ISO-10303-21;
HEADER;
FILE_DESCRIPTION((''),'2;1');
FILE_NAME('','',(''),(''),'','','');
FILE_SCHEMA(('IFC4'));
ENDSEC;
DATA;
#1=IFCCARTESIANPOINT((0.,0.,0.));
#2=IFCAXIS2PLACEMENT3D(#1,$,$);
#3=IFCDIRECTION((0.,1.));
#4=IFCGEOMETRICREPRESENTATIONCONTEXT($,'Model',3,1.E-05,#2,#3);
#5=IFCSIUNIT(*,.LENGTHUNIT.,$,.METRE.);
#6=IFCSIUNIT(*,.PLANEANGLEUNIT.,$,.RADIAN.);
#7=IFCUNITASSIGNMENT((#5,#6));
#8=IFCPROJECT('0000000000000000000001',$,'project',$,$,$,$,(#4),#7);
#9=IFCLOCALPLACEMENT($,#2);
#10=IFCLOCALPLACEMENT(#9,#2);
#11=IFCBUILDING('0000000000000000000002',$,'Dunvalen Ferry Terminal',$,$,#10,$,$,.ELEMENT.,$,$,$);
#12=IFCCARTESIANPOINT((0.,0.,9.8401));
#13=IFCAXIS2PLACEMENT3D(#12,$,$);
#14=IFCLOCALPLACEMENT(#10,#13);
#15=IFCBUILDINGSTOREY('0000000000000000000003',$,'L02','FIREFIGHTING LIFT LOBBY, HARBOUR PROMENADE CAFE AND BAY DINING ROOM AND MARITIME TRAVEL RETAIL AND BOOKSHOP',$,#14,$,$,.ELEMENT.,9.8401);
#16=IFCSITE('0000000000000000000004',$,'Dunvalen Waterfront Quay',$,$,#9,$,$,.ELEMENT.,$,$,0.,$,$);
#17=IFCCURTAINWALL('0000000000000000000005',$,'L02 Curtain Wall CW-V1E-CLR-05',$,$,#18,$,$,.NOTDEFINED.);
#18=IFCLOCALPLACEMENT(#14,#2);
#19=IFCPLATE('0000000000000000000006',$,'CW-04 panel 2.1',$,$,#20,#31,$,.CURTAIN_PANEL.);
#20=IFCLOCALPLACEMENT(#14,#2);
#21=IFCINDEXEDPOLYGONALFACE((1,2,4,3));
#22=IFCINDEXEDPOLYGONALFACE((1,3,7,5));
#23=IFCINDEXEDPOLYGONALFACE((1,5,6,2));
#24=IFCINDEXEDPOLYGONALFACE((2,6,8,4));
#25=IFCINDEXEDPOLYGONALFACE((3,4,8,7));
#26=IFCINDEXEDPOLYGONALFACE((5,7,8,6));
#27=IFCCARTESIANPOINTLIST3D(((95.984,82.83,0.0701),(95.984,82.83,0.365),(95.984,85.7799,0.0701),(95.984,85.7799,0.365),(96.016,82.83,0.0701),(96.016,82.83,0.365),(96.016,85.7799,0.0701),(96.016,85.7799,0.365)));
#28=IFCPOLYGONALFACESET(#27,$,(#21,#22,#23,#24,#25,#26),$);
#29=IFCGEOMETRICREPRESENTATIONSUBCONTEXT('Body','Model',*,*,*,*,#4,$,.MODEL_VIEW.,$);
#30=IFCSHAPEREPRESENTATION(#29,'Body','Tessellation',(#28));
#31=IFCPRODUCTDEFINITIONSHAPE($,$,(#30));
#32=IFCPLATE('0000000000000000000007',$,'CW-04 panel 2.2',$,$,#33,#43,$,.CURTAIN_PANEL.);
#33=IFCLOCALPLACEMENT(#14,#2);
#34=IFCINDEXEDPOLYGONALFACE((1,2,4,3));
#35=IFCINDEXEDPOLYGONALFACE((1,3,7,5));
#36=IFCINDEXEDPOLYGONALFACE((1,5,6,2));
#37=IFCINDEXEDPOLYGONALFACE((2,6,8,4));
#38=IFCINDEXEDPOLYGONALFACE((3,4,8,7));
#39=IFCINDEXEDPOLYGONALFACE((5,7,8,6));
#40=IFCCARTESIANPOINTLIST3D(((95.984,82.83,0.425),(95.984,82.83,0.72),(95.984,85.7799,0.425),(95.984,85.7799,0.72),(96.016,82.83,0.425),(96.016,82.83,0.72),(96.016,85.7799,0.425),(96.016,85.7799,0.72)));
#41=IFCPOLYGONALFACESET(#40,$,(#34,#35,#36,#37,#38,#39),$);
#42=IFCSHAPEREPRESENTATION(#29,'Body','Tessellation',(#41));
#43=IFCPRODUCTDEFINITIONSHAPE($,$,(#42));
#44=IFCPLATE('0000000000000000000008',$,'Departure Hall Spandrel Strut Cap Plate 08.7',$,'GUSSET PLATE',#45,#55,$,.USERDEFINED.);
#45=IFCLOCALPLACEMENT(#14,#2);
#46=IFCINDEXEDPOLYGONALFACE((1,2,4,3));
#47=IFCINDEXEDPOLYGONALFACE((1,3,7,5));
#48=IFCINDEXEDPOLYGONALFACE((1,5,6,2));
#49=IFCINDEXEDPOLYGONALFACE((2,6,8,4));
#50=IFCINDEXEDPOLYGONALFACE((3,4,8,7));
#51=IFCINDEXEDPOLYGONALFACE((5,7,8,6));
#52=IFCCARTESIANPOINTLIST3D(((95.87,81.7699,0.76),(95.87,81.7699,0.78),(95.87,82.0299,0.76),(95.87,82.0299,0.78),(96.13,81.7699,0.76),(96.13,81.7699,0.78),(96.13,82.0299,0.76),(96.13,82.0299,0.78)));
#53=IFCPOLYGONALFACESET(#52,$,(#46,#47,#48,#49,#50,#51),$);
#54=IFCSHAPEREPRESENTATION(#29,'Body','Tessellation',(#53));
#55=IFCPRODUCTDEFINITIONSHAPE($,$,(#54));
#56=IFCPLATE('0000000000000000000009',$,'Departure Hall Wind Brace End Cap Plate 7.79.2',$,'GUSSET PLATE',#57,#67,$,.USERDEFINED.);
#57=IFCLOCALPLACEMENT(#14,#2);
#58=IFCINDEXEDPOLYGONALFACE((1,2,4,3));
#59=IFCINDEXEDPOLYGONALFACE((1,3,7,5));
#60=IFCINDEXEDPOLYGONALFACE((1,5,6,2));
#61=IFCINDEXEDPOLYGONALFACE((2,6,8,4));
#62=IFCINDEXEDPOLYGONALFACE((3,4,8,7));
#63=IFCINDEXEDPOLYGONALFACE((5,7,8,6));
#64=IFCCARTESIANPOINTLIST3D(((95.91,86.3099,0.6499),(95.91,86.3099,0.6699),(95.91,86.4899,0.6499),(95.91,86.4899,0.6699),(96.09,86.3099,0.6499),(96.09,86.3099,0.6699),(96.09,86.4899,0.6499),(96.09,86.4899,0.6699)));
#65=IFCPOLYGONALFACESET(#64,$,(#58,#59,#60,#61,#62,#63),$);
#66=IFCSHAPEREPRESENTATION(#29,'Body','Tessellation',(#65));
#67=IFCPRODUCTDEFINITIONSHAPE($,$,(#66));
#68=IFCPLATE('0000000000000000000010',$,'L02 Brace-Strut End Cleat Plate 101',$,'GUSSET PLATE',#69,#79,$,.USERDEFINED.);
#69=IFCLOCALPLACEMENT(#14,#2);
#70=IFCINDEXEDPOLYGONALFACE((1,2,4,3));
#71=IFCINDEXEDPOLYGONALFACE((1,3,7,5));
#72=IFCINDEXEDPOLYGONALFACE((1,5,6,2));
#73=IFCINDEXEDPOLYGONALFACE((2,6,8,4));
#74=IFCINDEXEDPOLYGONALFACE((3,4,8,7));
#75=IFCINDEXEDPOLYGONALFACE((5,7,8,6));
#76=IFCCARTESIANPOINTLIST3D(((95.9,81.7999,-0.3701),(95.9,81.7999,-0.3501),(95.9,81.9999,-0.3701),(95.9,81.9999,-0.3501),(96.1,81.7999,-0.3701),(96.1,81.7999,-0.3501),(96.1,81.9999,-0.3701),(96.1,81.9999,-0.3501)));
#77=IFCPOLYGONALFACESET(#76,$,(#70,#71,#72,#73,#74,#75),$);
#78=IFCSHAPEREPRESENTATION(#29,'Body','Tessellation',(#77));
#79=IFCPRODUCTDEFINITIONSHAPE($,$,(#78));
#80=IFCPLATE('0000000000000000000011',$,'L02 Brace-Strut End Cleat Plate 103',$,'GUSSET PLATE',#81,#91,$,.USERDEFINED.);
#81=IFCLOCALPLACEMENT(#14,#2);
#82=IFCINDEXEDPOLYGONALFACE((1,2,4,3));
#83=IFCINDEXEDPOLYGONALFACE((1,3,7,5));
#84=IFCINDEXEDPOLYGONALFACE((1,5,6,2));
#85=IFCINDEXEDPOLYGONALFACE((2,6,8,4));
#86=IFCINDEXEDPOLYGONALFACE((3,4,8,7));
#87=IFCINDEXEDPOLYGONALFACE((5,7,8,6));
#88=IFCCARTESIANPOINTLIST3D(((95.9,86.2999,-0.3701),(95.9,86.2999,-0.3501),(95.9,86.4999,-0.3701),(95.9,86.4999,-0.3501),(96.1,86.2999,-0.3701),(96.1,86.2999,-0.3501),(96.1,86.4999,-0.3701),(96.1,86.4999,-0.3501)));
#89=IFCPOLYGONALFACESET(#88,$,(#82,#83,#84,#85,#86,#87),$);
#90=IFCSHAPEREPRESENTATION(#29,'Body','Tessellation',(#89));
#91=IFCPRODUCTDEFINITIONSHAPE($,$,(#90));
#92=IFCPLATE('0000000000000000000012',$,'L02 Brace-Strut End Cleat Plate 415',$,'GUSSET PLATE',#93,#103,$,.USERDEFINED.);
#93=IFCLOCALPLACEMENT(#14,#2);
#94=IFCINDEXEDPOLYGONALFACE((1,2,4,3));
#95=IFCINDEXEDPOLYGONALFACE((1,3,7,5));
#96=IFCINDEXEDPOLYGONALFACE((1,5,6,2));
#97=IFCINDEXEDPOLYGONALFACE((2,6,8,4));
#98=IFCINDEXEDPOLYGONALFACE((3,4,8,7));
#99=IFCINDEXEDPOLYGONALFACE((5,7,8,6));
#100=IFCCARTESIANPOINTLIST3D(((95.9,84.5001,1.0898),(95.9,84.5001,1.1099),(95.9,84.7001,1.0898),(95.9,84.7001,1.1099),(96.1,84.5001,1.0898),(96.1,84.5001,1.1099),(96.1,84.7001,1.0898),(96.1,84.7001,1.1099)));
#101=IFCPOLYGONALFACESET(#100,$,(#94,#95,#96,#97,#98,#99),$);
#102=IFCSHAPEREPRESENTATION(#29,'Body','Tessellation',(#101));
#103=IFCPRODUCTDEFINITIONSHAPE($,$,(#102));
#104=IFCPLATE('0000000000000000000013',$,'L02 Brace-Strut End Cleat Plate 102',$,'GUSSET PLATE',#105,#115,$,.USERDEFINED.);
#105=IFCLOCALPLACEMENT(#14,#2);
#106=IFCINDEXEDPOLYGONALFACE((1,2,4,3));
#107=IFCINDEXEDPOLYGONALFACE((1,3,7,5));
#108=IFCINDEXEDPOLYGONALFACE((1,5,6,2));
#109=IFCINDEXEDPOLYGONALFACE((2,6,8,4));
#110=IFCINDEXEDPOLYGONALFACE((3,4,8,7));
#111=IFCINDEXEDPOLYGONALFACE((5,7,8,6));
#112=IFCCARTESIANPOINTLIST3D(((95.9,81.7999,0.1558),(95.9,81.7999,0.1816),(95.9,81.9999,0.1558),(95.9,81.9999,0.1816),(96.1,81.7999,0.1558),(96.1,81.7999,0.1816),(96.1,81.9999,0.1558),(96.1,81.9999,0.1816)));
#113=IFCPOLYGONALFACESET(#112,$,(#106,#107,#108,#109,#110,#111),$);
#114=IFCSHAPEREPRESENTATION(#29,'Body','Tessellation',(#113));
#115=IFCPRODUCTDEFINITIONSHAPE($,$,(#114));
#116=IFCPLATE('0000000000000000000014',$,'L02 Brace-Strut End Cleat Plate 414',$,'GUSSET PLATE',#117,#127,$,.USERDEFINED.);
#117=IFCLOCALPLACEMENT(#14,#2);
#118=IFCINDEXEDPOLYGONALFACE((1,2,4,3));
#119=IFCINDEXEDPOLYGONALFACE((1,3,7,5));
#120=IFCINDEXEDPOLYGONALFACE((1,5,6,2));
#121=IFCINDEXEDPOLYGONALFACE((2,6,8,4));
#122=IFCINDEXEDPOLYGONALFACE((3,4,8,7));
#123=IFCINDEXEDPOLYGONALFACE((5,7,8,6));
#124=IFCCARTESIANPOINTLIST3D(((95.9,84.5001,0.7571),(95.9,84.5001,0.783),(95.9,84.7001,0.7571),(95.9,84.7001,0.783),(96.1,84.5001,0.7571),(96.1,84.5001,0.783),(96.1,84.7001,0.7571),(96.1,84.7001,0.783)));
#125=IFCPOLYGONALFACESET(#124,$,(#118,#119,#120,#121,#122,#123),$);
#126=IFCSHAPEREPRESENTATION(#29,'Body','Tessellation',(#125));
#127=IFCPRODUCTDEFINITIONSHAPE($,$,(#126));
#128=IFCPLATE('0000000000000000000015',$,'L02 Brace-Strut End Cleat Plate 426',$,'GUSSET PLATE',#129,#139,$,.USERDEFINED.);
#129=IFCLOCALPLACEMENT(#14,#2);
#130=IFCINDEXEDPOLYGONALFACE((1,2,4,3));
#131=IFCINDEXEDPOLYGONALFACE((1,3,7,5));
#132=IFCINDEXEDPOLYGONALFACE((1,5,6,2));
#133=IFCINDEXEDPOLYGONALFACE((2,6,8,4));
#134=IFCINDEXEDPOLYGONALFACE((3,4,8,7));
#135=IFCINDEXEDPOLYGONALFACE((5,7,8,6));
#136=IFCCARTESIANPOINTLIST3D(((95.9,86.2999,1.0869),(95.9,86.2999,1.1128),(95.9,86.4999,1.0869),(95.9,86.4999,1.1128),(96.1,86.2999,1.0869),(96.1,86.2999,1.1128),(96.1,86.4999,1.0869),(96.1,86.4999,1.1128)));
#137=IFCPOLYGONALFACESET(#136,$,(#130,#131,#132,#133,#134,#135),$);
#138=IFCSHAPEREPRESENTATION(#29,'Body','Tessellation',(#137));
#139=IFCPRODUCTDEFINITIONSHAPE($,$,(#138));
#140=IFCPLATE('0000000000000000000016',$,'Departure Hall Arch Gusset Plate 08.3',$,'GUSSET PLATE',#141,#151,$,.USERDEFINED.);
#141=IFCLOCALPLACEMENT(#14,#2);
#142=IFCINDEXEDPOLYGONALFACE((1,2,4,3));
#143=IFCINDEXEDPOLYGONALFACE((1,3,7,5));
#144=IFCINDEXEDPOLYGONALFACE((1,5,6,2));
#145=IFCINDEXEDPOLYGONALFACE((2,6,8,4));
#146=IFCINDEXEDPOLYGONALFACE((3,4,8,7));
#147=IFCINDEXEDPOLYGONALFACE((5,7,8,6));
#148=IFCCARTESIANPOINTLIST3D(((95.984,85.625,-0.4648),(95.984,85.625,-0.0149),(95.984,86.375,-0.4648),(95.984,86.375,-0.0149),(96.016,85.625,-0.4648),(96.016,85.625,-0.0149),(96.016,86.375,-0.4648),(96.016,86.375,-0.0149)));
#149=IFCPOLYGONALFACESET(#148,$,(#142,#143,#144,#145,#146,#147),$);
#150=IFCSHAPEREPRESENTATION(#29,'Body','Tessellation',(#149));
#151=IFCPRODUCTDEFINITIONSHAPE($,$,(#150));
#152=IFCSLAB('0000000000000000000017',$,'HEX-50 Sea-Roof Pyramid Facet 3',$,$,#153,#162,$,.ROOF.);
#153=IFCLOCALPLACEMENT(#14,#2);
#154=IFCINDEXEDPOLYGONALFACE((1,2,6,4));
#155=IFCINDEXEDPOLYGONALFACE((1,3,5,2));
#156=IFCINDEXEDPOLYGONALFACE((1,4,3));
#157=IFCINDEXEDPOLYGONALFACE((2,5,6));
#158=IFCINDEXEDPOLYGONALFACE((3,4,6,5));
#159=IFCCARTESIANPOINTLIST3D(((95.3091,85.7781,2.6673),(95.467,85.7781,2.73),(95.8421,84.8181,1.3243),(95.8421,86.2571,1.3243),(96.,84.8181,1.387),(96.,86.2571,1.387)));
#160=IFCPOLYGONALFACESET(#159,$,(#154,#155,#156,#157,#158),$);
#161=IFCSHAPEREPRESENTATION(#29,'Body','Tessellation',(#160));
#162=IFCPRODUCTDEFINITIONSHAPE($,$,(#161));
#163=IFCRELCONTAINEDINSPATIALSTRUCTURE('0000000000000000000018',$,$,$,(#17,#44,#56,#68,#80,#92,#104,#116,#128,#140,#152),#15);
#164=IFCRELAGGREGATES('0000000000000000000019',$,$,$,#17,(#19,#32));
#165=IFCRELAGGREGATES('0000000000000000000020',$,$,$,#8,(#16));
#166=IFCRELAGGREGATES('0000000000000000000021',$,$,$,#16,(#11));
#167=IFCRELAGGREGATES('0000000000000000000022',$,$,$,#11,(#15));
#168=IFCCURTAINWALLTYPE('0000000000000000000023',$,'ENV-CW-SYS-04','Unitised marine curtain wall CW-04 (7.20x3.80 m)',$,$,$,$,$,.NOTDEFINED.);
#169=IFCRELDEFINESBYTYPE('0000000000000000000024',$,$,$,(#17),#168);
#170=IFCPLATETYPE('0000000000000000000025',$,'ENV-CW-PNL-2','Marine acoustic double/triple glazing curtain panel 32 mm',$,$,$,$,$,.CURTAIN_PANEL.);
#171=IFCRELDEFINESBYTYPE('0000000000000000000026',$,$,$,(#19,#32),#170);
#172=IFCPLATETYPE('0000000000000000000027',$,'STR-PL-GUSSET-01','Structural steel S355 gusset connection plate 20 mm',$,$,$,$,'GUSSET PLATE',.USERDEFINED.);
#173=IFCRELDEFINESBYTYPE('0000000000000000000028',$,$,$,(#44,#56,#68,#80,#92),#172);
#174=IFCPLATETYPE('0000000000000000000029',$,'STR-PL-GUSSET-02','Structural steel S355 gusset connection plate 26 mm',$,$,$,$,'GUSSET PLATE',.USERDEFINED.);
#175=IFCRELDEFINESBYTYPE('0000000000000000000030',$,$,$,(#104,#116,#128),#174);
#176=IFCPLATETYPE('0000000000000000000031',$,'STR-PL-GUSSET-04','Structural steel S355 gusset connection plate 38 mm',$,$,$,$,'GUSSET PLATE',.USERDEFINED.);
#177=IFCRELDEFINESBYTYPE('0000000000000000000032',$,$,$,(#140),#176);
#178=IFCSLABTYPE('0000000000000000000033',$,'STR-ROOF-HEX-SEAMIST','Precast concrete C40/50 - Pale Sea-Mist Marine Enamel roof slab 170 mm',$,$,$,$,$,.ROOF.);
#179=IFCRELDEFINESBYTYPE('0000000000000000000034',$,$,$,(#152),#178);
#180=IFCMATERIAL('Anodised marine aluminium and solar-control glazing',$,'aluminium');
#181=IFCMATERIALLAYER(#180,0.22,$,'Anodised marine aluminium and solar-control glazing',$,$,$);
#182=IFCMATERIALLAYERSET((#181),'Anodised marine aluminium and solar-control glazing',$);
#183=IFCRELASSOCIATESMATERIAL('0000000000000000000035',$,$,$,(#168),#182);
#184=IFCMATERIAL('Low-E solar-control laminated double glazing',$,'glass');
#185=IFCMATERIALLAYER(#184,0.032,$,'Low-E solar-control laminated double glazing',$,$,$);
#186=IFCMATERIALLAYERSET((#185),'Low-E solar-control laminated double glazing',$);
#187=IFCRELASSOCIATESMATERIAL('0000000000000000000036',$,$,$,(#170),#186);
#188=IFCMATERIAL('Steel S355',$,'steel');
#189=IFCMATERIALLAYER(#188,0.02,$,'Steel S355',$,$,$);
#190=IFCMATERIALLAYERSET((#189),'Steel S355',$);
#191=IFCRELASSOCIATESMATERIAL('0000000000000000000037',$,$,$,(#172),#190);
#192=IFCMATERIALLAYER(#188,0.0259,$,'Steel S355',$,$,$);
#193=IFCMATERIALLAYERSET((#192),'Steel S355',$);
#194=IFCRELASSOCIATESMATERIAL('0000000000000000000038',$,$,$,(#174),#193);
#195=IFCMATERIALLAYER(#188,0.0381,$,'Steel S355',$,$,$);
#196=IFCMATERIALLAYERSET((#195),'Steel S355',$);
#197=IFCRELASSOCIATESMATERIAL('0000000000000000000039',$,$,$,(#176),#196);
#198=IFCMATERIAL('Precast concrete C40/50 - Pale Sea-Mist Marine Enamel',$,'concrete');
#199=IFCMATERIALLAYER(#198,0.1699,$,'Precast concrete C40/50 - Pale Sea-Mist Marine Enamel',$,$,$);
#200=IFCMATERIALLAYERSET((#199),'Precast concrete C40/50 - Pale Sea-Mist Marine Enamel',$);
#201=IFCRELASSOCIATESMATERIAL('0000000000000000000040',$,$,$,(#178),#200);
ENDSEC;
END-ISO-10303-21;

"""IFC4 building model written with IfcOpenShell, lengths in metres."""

from ifc_helpers import new_model, si_unit, direction, frame, origin, origin_2d, place, context, subcontext, project, spatial, polyline, rectangle, outline, extrude, material, layer, layer_set, type_object, element, aggregate, save


model = new_model("IFC4")

# Units and contexts
model_context = context("Model", 3, precision=1e-05, world=origin(), true_north=direction((0.0, 1.0)))
body_context = subcontext(model_context, "Body", "Model", "MODEL_VIEW")
ifc_project = project(units=[si_unit("LENGTHUNIT", "METRE"), si_unit("PLANEANGLEUNIT", "RADIAN")], contexts=[model_context])

# Site, building, storey
site_placement = place(None, origin())
site = spatial("IfcSite", under=ifc_project, at=site_placement, Name="Dunvalen Waterfront Quay", CompositionType="ELEMENT", RefElevation=0.0)
building_placement = place(site_placement, origin())
building = spatial("IfcBuilding", under=site, at=building_placement, Name="Dunvalen Ferry Terminal", CompositionType="ELEMENT")
storey_placement = place(building_placement, frame((0.0, 0.0, 9.8401)))
storey = spatial("IfcBuildingStorey", under=building, at=storey_placement, Name="L02", Description="FIREFIGHTING LIFT LOBBY, HARBOUR PROMENADE CAFE AND BAY DINING ROOM AND MARITIME TRAVEL RETAIL AND BOOKSHOP", CompositionType="ELEMENT", Elevation=9.8401)

# Curtain wall
ifc_material_1 = material(Name="Anodised marine aluminium and solar-control glazing", Category="aluminium")
ifc_layer_1 = layer(ifc_material_1, 0.22, Name="Anodised marine aluminium and solar-control glazing")
ifc_layer_set_1 = layer_set([ifc_layer_1], Name="Anodised marine aluminium and solar-control glazing")
curtain_wall_type = type_object("IfcCurtainWallType", Name="ENV-CW-SYS-04", Description="Unitised marine curtain wall CW-04 (7.20x3.80 m)", PredefinedType="NOTDEFINED", material=ifc_layer_set_1)
curtain_wall_placement = place(storey_placement, origin())
curtain_wall = element("IfcCurtainWall", 1, at=curtain_wall_placement, inside=storey, type_object=curtain_wall_type, Name="L02 Curtain Wall CW-V1E-CLR-05", PredefinedType="NOTDEFINED")

# Shared definitions
ifc_material_2 = material(Name="Steel S355", Category="steel")

# Plates
ifc_material_3 = material(Name="Low-E solar-control laminated double glazing", Category="glass")
ifc_layer_2 = layer(ifc_material_3, 0.032, Name="Low-E solar-control laminated double glazing")
ifc_layer_set_2 = layer_set([ifc_layer_2], Name="Low-E solar-control laminated double glazing")
plate_type_1 = type_object("IfcPlateType", Name="ENV-CW-PNL-2", Description="Marine acoustic double/triple glazing curtain panel 32 mm", PredefinedType="CURTAIN_PANEL", material=ifc_layer_set_2)
plate_1_placement = place(storey_placement, frame((96.0, 84.3049, 0.0701), z_axis=(0.0, 0.0, 1.0), x_axis=(0.0, 1.0, 0.0)))
plate_1 = element("IfcPlate", 2, at=plate_1_placement, type_object=plate_type_1, Name="CW-04 panel 2.1", PredefinedType="CURTAIN_PANEL", context=body_context, shape_type="SweptSolid", body=[
    extrude(rectangle(XDim=2.95, YDim=0.032, at=origin_2d()), origin(), (0.0, 0.0, 1.0), 0.2949),
])
plate_2_placement = place(storey_placement, frame((96.0, 84.3049, 0.425), z_axis=(0.0, 0.0, 1.0), x_axis=(0.0, 1.0, 0.0)))
plate_2 = element("IfcPlate", 3, at=plate_2_placement, type_object=plate_type_1, Name="CW-04 panel 2.2", PredefinedType="CURTAIN_PANEL", context=body_context, shape_type="SweptSolid", body=[
    extrude(rectangle(XDim=2.95, YDim=0.032, at=origin_2d()), origin(), (0.0, 0.0, 1.0), 0.2949),
])
aggregate(curtain_wall, [plate_1, plate_2])

# Plates
ifc_layer_3 = layer(ifc_material_2, 0.02, Name="Steel S355")
ifc_layer_set_3 = layer_set([ifc_layer_3], Name="Steel S355")
plate_type_2 = type_object("IfcPlateType", Name="STR-PL-GUSSET-01", Description="Structural steel S355 gusset connection plate 20 mm", ElementType="GUSSET PLATE", PredefinedType="USERDEFINED", material=ifc_layer_set_3)
plate_3_placement = place(storey_placement, frame((96.0, 81.8999, 0.76), z_axis=(0.0, 0.0, 1.0), x_axis=(1.0, 0.0, 0.0)))
element("IfcPlate", 4, at=plate_3_placement, inside=storey, type_object=plate_type_2, Name="Departure Hall Spandrel Strut Cap Plate 08.7", ObjectType="GUSSET PLATE", PredefinedType="USERDEFINED", context=body_context, shape_type="SweptSolid", body=[
    extrude(rectangle(XDim=0.26, YDim=0.26, at=origin_2d()), origin(), (0.0, 0.0, 1.0), 0.02),
])
plate_4_placement = place(storey_placement, frame((96.0, 86.3999, 0.6499), z_axis=(0.0, 0.0, 1.0), x_axis=(1.0, 0.0, 0.0)))
element("IfcPlate", 5, at=plate_4_placement, inside=storey, type_object=plate_type_2, Name="Departure Hall Wind Brace End Cap Plate 7.79.2", ObjectType="GUSSET PLATE", PredefinedType="USERDEFINED", context=body_context, shape_type="SweptSolid", body=[
    extrude(rectangle(XDim=0.1799, YDim=0.1799, at=origin_2d()), origin(), (0.0, 0.0, 1.0), 0.02),
])
for number, where, z_axis, x_axis, name in (
    (6, (96.0, 81.8999, -0.3701), (0.0, 0.0, 1.0), (1.0, 0.0, 0.0), "L02 Brace-Strut End Cleat Plate 101"),
    (7, (96.0, 86.3999, -0.3701), (0.0, 0.0, 1.0), (1.0, 0.0, 0.0), "L02 Brace-Strut End Cleat Plate 103"),
    (8, (96.0, 84.6001, 1.0898), (0.0, 0.0, 1.0), (1.0, 0.0, 0.0), "L02 Brace-Strut End Cleat Plate 415"),
):
    element("IfcPlate", number, at=place(storey_placement, frame(where, z_axis=z_axis, x_axis=x_axis)), inside=storey, type_object=plate_type_2, Name=name, ObjectType="GUSSET PLATE", PredefinedType="USERDEFINED", context=body_context, shape_type="SweptSolid", body=[
        extrude(rectangle(XDim=0.2, YDim=0.2, at=origin_2d()), origin(), (0.0, 0.0, 1.0), 0.02),
    ])
ifc_layer_4 = layer(ifc_material_2, 0.0259, Name="Steel S355")
ifc_layer_set_4 = layer_set([ifc_layer_4], Name="Steel S355")
plate_type_3 = type_object("IfcPlateType", Name="STR-PL-GUSSET-02", Description="Structural steel S355 gusset connection plate 26 mm", ElementType="GUSSET PLATE", PredefinedType="USERDEFINED", material=ifc_layer_set_4)
for number, where, z_axis, x_axis, name in (
    (9, (96.0, 81.8999, 0.1558), (0.0, 0.0, 1.0), (1.0, 0.0, 0.0), "L02 Brace-Strut End Cleat Plate 102"),
    (10, (96.0, 84.6001, 0.7571), (0.0, 0.0, 1.0), (1.0, 0.0, 0.0), "L02 Brace-Strut End Cleat Plate 414"),
    (11, (96.0, 86.3999, 1.0869), (0.0, 0.0, 1.0), (1.0, 0.0, 0.0), "L02 Brace-Strut End Cleat Plate 426"),
):
    element("IfcPlate", number, at=place(storey_placement, frame(where, z_axis=z_axis, x_axis=x_axis)), inside=storey, type_object=plate_type_3, Name=name, ObjectType="GUSSET PLATE", PredefinedType="USERDEFINED", context=body_context, shape_type="SweptSolid", body=[
        extrude(rectangle(XDim=0.2, YDim=0.2, at=origin_2d()), origin(), (0.0, 0.0, 1.0), 0.0259),
    ])
ifc_layer_5 = layer(ifc_material_2, 0.0381, Name="Steel S355")
ifc_layer_set_5 = layer_set([ifc_layer_5], Name="Steel S355")
plate_type_4 = type_object("IfcPlateType", Name="STR-PL-GUSSET-04", Description="Structural steel S355 gusset connection plate 38 mm", ElementType="GUSSET PLATE", PredefinedType="USERDEFINED", material=ifc_layer_set_5)
plate_5_placement = place(storey_placement, frame((96.0, 86.0, -0.4648), z_axis=(0.0, 0.0, 1.0), x_axis=(1.0, 0.0, 0.0)))
element("IfcPlate", 12, at=plate_5_placement, inside=storey, type_object=plate_type_4, Name="Departure Hall Arch Gusset Plate 08.3", ObjectType="GUSSET PLATE", PredefinedType="USERDEFINED", context=body_context, shape_type="SweptSolid", body=[
    extrude(rectangle(XDim=0.032, YDim=0.75, at=origin_2d()), origin(), (0.0, 0.0, 1.0), 0.45),
])

# Slab
ifc_material_4 = material(Name="Precast concrete C40/50 - Pale Sea-Mist Marine Enamel", Category="concrete")
ifc_layer_6 = layer(ifc_material_4, 0.1699, Name="Precast concrete C40/50 - Pale Sea-Mist Marine Enamel")
ifc_layer_set_6 = layer_set([ifc_layer_6], Name="Precast concrete C40/50 - Pale Sea-Mist Marine Enamel")
slab_type = type_object("IfcSlabType", Name="STR-ROOF-HEX-SEAMIST", Description="Precast concrete C40/50 - Pale Sea-Mist Marine Enamel roof slab 170 mm", PredefinedType="ROOF", material=ifc_layer_set_6)
slab_placement = place(storey_placement, frame((96.0, 84.8181, 1.387), z_axis=(0.929487, 0.0, 0.368855), x_axis=(0.0, 1.0, 0.0)))
element("IfcSlab", 13, at=slab_placement, inside=storey, type_object=slab_type, Name="HEX-50 Sea-Roof Pyramid Facet 3", PredefinedType="ROOF", context=body_context, shape_type="SweptSolid", body=[
    extrude(outline(polyline([(0.0, 0.0), (1.439, 0.0), (0.96, 1.4449), (0.0, 0.0)])), origin(), (0.0, 0.0, -1.0), 0.1699),
])

save(model, "model.ifc")
